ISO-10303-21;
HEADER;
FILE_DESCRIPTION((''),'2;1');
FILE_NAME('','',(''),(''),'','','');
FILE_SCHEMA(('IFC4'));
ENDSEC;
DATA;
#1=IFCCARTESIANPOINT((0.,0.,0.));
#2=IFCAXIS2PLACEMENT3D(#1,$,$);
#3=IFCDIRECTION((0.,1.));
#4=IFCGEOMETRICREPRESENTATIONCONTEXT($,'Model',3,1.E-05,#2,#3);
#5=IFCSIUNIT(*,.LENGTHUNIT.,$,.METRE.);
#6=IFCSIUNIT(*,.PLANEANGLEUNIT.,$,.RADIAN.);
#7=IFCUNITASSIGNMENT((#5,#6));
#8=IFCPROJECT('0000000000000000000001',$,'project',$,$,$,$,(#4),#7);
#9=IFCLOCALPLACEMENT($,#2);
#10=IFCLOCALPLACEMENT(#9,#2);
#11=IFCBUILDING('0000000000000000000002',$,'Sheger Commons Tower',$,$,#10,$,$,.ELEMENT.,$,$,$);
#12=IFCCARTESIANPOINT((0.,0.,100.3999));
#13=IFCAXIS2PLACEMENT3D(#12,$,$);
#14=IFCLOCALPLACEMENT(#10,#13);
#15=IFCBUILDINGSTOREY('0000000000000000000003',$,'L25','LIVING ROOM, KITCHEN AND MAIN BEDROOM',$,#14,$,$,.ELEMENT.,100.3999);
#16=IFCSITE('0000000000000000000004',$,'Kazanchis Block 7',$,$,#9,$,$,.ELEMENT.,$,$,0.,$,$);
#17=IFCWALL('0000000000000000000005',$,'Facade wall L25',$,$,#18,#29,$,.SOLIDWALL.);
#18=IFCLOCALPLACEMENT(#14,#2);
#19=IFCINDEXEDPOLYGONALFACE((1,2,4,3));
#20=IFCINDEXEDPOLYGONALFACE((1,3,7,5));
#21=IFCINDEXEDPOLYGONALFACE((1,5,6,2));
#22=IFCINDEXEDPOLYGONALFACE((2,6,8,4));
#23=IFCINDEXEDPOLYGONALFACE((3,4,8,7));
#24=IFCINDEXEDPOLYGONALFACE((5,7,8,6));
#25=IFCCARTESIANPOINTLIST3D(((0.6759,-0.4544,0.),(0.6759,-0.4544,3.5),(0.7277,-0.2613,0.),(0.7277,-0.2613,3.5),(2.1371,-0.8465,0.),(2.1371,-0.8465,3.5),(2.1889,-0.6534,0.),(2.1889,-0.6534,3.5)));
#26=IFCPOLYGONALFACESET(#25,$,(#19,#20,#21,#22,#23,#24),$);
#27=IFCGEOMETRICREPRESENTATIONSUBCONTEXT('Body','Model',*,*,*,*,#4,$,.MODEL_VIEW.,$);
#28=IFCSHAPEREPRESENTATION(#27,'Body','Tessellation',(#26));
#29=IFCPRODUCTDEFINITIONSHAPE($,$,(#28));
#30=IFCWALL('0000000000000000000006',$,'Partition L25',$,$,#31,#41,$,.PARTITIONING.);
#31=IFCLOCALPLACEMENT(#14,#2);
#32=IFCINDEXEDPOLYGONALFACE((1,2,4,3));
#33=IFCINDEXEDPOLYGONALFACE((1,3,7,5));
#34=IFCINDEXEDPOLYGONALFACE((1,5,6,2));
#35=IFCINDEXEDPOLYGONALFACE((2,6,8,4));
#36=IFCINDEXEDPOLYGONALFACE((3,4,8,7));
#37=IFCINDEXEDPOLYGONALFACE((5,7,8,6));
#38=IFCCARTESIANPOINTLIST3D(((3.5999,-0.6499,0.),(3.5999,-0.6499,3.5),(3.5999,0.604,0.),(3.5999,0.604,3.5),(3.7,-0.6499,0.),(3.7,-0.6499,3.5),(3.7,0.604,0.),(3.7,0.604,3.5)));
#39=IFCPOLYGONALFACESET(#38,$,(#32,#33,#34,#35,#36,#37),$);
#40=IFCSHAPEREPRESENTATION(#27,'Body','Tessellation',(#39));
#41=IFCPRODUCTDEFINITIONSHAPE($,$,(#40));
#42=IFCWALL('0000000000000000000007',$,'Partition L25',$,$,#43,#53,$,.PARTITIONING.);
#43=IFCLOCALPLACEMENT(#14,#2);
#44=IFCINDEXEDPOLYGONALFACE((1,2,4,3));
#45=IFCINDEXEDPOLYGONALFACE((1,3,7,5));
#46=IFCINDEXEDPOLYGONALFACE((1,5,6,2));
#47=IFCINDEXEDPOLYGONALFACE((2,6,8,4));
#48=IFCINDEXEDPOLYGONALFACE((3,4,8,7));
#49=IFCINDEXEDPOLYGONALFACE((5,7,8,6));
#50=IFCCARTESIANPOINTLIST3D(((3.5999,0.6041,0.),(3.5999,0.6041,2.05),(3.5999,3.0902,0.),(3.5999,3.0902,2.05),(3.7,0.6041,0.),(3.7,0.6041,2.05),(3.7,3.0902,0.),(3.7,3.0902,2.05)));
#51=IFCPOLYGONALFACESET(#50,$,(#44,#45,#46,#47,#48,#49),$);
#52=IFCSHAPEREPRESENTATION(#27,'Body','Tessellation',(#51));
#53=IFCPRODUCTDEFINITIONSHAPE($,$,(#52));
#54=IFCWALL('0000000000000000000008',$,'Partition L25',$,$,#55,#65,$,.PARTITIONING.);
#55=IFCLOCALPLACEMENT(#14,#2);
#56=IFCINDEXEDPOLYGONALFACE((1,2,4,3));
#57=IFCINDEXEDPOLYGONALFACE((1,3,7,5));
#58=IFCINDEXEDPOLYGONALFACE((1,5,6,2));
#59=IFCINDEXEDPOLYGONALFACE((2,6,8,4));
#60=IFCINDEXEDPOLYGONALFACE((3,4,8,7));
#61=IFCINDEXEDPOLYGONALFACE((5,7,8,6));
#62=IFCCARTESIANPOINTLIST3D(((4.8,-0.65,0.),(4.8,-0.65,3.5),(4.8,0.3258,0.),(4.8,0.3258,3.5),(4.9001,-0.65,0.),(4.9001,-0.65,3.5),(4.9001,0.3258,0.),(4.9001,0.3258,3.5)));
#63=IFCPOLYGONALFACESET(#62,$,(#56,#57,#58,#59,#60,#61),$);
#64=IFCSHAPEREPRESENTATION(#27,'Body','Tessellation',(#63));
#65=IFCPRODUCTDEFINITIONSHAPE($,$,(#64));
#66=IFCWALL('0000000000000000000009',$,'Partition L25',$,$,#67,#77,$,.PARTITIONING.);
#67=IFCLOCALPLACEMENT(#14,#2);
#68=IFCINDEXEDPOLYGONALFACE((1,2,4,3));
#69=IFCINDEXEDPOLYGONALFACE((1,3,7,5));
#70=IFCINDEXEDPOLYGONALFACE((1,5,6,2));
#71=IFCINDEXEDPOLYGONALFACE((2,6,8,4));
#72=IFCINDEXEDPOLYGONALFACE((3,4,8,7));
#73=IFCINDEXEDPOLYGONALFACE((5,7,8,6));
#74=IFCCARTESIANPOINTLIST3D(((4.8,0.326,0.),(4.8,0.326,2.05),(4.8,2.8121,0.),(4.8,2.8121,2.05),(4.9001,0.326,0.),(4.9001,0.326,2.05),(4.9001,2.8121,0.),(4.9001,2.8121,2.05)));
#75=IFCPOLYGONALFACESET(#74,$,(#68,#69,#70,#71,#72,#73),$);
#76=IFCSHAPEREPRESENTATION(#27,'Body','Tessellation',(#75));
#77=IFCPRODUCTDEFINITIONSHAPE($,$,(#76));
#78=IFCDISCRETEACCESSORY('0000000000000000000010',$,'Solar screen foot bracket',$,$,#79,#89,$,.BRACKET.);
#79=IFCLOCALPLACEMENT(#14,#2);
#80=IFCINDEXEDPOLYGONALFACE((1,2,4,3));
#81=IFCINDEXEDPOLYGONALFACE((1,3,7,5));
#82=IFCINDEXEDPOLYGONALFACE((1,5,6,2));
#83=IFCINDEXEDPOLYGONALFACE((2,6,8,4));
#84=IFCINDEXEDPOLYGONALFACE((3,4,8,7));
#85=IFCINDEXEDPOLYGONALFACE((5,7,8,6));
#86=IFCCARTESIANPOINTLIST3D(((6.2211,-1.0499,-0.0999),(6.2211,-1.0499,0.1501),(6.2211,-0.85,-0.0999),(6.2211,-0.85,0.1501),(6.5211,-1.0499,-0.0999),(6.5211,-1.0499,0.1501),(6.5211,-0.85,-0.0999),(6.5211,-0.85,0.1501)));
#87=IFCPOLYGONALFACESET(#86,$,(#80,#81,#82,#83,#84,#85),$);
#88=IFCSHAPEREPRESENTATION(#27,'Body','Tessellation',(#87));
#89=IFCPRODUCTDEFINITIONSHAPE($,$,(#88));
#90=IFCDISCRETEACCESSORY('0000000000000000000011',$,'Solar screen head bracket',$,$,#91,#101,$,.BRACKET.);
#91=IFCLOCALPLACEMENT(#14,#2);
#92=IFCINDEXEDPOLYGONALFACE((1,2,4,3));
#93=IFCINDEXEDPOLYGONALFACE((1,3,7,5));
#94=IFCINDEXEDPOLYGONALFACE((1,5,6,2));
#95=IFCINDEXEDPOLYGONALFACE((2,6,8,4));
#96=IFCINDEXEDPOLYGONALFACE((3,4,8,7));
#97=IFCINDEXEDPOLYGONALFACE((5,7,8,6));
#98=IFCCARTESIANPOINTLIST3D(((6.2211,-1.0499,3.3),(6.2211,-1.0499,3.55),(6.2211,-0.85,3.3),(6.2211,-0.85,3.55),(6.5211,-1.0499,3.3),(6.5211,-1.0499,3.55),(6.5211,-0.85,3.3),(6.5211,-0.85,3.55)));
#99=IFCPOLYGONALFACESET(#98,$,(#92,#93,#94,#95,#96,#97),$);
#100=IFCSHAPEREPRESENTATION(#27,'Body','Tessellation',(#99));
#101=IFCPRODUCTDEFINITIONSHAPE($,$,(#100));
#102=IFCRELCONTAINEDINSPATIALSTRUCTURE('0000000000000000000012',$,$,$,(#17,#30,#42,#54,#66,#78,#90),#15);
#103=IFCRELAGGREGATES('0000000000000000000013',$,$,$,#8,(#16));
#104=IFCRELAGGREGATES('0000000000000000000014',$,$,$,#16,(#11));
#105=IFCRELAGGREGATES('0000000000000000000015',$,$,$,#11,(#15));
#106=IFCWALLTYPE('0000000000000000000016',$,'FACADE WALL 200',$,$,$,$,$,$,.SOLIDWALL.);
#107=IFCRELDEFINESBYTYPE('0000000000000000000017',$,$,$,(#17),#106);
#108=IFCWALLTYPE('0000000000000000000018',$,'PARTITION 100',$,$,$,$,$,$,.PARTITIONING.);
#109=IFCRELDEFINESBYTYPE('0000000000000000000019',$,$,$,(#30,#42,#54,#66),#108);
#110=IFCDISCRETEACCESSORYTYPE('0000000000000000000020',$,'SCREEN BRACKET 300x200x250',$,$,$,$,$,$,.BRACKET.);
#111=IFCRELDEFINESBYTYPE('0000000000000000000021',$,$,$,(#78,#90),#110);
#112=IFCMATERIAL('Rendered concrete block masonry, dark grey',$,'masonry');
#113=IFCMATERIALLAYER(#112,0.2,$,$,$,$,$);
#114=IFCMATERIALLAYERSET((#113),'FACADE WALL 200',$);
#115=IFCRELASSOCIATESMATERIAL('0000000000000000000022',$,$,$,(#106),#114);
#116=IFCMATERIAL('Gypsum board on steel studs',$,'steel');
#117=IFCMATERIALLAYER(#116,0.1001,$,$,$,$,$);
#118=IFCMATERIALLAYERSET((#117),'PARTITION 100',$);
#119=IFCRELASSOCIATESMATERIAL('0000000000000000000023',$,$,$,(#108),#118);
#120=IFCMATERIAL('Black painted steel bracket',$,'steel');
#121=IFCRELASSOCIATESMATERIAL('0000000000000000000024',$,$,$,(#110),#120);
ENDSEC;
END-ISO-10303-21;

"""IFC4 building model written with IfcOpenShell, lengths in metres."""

from ifc_helpers import new_model, si_unit, direction, frame, frame_2d, origin, origin_2d, place, context, subcontext, project, spatial, rectangle, extrude, material, layer, layer_set, type_object, element, save


model = new_model("IFC4")

# Units and contexts
model_context = context("Model", 3, precision=1e-05, world=origin(), true_north=direction((0.0, 1.0)))
body_context = subcontext(model_context, "Body", "Model", "MODEL_VIEW")
ifc_project = project(units=[si_unit("LENGTHUNIT", "METRE"), si_unit("PLANEANGLEUNIT", "RADIAN")], contexts=[model_context])

# Site, building, storey
site_placement = place(None, origin())
site = spatial("IfcSite", under=ifc_project, at=site_placement, Name="Kazanchis Block 7", CompositionType="ELEMENT", RefElevation=0.0)
building_placement = place(site_placement, origin())
building = spatial("IfcBuilding", under=site, at=building_placement, Name="Sheger Commons Tower", CompositionType="ELEMENT")
storey_placement = place(building_placement, frame((0.0, 0.0, 100.3999)))
storey = spatial("IfcBuildingStorey", under=building, at=storey_placement, Name="L25", Description="LIVING ROOM, KITCHEN AND MAIN BEDROOM", CompositionType="ELEMENT", Elevation=100.3999)

# Shared definitions
ifc_material_1 = material(Name="Rendered concrete block masonry, dark grey", Category="masonry")
ifc_layer_1 = layer(ifc_material_1, 0.2)
ifc_layer_set_1 = layer_set([ifc_layer_1], Name="FACADE WALL 200")
wall_type_1 = type_object("IfcWallType", Name="FACADE WALL 200", PredefinedType="SOLIDWALL", material=ifc_layer_set_1)

# Walls
wall_1_placement = place(storey_placement, frame((0.7019, -0.3579, 0.0), z_axis=(0.0, 0.0, 1.0), x_axis=(0.965832, -0.259169, 0.0)))
element("IfcWall", 1, at=wall_1_placement, inside=storey, type_object=wall_type_1, Name="Facade wall L25", PredefinedType="SOLIDWALL", context=body_context, shape_type="SweptSolid", body=[
    extrude(rectangle(XDim=1.5129, YDim=0.2, at=frame_2d((0.7563, 0.0))), origin(), (0.0, 0.0, 1.0), 3.5),
])
ifc_material_2 = material(Name="Gypsum board on steel studs", Category="steel")
ifc_layer_2 = layer(ifc_material_2, 0.1001)
ifc_layer_set_2 = layer_set([ifc_layer_2], Name="PARTITION 100")
wall_type_2 = type_object("IfcWallType", Name="PARTITION 100", PredefinedType="PARTITIONING", material=ifc_layer_set_2)
wall_2_placement = place(storey_placement, frame((3.6499, -0.6499, 0.0), z_axis=(0.0, 0.0, 1.0), x_axis=(0.0, 1.0, 0.0)))
element("IfcWall", 2, at=wall_2_placement, inside=storey, type_object=wall_type_2, Name="Partition L25", PredefinedType="PARTITIONING", context=body_context, shape_type="SweptSolid", body=[
    extrude(rectangle(XDim=1.2539, YDim=0.1001, at=frame_2d((0.627, 0.0))), origin(), (0.0, 0.0, 1.0), 3.5),
])
wall_3_placement = place(storey_placement, frame((3.6499, 0.604, 0.0), z_axis=(0.0, 0.0, 1.0), x_axis=(0.0, 1.0, 0.0)))
element("IfcWall", 3, at=wall_3_placement, inside=storey, type_object=wall_type_2, Name="Partition L25", PredefinedType="PARTITIONING", context=body_context, shape_type="SweptSolid", body=[
    extrude(rectangle(XDim=2.4861, YDim=0.1001, at=frame_2d((1.2432, 0.0))), origin(), (0.0, 0.0, 1.0), 2.05),
])
wall_4_placement = place(storey_placement, frame((4.8501, -0.6499, 0.0), z_axis=(0.0, 0.0, 1.0), x_axis=(0.0, 1.0, 0.0)))
element("IfcWall", 4, at=wall_4_placement, inside=storey, type_object=wall_type_2, Name="Partition L25", PredefinedType="PARTITIONING", context=body_context, shape_type="SweptSolid", body=[
    extrude(rectangle(XDim=0.9758, YDim=0.1001, at=frame_2d((0.4878, 0.0))), origin(), (0.0, 0.0, 1.0), 3.5),
])
wall_5_placement = place(storey_placement, frame((4.8501, 0.3259, 0.0), z_axis=(0.0, 0.0, 1.0), x_axis=(0.0, 1.0, 0.0)))
element("IfcWall", 5, at=wall_5_placement, inside=storey, type_object=wall_type_2, Name="Partition L25", PredefinedType="PARTITIONING", context=body_context, shape_type="SweptSolid", body=[
    extrude(rectangle(XDim=2.4861, YDim=0.1001, at=frame_2d((1.2432, 0.0))), origin(), (0.0, 0.0, 1.0), 2.05),
])

# Discrete accessories
ifc_material_3 = material(Name="Black painted steel bracket", Category="steel")
discrete_accessory_type = type_object("IfcDiscreteAccessoryType", Name="SCREEN BRACKET 300x200x250", PredefinedType="BRACKET", material=ifc_material_3)
for number, where, z_axis, x_axis, name in (
    (6, (6.3711, -0.95, -0.0999), (0.0, 0.0, 1.0), (1.0, 0.0, 0.0), "Solar screen foot bracket"),
    (7, (6.3711, -0.95, 3.3), (0.0, 0.0, 1.0), (1.0, 0.0, 0.0), "Solar screen head bracket"),
):
    element("IfcDiscreteAccessory", number, at=place(storey_placement, frame(where, z_axis=z_axis, x_axis=x_axis)), inside=storey, type_object=discrete_accessory_type, Name=name, PredefinedType="BRACKET", context=body_context, shape_type="SweptSolid", body=[
        extrude(rectangle(XDim=0.3, YDim=0.2, at=origin_2d()), origin(), (0.0, 0.0, 1.0), 0.25),
    ])

save(model, "model.ifc")
